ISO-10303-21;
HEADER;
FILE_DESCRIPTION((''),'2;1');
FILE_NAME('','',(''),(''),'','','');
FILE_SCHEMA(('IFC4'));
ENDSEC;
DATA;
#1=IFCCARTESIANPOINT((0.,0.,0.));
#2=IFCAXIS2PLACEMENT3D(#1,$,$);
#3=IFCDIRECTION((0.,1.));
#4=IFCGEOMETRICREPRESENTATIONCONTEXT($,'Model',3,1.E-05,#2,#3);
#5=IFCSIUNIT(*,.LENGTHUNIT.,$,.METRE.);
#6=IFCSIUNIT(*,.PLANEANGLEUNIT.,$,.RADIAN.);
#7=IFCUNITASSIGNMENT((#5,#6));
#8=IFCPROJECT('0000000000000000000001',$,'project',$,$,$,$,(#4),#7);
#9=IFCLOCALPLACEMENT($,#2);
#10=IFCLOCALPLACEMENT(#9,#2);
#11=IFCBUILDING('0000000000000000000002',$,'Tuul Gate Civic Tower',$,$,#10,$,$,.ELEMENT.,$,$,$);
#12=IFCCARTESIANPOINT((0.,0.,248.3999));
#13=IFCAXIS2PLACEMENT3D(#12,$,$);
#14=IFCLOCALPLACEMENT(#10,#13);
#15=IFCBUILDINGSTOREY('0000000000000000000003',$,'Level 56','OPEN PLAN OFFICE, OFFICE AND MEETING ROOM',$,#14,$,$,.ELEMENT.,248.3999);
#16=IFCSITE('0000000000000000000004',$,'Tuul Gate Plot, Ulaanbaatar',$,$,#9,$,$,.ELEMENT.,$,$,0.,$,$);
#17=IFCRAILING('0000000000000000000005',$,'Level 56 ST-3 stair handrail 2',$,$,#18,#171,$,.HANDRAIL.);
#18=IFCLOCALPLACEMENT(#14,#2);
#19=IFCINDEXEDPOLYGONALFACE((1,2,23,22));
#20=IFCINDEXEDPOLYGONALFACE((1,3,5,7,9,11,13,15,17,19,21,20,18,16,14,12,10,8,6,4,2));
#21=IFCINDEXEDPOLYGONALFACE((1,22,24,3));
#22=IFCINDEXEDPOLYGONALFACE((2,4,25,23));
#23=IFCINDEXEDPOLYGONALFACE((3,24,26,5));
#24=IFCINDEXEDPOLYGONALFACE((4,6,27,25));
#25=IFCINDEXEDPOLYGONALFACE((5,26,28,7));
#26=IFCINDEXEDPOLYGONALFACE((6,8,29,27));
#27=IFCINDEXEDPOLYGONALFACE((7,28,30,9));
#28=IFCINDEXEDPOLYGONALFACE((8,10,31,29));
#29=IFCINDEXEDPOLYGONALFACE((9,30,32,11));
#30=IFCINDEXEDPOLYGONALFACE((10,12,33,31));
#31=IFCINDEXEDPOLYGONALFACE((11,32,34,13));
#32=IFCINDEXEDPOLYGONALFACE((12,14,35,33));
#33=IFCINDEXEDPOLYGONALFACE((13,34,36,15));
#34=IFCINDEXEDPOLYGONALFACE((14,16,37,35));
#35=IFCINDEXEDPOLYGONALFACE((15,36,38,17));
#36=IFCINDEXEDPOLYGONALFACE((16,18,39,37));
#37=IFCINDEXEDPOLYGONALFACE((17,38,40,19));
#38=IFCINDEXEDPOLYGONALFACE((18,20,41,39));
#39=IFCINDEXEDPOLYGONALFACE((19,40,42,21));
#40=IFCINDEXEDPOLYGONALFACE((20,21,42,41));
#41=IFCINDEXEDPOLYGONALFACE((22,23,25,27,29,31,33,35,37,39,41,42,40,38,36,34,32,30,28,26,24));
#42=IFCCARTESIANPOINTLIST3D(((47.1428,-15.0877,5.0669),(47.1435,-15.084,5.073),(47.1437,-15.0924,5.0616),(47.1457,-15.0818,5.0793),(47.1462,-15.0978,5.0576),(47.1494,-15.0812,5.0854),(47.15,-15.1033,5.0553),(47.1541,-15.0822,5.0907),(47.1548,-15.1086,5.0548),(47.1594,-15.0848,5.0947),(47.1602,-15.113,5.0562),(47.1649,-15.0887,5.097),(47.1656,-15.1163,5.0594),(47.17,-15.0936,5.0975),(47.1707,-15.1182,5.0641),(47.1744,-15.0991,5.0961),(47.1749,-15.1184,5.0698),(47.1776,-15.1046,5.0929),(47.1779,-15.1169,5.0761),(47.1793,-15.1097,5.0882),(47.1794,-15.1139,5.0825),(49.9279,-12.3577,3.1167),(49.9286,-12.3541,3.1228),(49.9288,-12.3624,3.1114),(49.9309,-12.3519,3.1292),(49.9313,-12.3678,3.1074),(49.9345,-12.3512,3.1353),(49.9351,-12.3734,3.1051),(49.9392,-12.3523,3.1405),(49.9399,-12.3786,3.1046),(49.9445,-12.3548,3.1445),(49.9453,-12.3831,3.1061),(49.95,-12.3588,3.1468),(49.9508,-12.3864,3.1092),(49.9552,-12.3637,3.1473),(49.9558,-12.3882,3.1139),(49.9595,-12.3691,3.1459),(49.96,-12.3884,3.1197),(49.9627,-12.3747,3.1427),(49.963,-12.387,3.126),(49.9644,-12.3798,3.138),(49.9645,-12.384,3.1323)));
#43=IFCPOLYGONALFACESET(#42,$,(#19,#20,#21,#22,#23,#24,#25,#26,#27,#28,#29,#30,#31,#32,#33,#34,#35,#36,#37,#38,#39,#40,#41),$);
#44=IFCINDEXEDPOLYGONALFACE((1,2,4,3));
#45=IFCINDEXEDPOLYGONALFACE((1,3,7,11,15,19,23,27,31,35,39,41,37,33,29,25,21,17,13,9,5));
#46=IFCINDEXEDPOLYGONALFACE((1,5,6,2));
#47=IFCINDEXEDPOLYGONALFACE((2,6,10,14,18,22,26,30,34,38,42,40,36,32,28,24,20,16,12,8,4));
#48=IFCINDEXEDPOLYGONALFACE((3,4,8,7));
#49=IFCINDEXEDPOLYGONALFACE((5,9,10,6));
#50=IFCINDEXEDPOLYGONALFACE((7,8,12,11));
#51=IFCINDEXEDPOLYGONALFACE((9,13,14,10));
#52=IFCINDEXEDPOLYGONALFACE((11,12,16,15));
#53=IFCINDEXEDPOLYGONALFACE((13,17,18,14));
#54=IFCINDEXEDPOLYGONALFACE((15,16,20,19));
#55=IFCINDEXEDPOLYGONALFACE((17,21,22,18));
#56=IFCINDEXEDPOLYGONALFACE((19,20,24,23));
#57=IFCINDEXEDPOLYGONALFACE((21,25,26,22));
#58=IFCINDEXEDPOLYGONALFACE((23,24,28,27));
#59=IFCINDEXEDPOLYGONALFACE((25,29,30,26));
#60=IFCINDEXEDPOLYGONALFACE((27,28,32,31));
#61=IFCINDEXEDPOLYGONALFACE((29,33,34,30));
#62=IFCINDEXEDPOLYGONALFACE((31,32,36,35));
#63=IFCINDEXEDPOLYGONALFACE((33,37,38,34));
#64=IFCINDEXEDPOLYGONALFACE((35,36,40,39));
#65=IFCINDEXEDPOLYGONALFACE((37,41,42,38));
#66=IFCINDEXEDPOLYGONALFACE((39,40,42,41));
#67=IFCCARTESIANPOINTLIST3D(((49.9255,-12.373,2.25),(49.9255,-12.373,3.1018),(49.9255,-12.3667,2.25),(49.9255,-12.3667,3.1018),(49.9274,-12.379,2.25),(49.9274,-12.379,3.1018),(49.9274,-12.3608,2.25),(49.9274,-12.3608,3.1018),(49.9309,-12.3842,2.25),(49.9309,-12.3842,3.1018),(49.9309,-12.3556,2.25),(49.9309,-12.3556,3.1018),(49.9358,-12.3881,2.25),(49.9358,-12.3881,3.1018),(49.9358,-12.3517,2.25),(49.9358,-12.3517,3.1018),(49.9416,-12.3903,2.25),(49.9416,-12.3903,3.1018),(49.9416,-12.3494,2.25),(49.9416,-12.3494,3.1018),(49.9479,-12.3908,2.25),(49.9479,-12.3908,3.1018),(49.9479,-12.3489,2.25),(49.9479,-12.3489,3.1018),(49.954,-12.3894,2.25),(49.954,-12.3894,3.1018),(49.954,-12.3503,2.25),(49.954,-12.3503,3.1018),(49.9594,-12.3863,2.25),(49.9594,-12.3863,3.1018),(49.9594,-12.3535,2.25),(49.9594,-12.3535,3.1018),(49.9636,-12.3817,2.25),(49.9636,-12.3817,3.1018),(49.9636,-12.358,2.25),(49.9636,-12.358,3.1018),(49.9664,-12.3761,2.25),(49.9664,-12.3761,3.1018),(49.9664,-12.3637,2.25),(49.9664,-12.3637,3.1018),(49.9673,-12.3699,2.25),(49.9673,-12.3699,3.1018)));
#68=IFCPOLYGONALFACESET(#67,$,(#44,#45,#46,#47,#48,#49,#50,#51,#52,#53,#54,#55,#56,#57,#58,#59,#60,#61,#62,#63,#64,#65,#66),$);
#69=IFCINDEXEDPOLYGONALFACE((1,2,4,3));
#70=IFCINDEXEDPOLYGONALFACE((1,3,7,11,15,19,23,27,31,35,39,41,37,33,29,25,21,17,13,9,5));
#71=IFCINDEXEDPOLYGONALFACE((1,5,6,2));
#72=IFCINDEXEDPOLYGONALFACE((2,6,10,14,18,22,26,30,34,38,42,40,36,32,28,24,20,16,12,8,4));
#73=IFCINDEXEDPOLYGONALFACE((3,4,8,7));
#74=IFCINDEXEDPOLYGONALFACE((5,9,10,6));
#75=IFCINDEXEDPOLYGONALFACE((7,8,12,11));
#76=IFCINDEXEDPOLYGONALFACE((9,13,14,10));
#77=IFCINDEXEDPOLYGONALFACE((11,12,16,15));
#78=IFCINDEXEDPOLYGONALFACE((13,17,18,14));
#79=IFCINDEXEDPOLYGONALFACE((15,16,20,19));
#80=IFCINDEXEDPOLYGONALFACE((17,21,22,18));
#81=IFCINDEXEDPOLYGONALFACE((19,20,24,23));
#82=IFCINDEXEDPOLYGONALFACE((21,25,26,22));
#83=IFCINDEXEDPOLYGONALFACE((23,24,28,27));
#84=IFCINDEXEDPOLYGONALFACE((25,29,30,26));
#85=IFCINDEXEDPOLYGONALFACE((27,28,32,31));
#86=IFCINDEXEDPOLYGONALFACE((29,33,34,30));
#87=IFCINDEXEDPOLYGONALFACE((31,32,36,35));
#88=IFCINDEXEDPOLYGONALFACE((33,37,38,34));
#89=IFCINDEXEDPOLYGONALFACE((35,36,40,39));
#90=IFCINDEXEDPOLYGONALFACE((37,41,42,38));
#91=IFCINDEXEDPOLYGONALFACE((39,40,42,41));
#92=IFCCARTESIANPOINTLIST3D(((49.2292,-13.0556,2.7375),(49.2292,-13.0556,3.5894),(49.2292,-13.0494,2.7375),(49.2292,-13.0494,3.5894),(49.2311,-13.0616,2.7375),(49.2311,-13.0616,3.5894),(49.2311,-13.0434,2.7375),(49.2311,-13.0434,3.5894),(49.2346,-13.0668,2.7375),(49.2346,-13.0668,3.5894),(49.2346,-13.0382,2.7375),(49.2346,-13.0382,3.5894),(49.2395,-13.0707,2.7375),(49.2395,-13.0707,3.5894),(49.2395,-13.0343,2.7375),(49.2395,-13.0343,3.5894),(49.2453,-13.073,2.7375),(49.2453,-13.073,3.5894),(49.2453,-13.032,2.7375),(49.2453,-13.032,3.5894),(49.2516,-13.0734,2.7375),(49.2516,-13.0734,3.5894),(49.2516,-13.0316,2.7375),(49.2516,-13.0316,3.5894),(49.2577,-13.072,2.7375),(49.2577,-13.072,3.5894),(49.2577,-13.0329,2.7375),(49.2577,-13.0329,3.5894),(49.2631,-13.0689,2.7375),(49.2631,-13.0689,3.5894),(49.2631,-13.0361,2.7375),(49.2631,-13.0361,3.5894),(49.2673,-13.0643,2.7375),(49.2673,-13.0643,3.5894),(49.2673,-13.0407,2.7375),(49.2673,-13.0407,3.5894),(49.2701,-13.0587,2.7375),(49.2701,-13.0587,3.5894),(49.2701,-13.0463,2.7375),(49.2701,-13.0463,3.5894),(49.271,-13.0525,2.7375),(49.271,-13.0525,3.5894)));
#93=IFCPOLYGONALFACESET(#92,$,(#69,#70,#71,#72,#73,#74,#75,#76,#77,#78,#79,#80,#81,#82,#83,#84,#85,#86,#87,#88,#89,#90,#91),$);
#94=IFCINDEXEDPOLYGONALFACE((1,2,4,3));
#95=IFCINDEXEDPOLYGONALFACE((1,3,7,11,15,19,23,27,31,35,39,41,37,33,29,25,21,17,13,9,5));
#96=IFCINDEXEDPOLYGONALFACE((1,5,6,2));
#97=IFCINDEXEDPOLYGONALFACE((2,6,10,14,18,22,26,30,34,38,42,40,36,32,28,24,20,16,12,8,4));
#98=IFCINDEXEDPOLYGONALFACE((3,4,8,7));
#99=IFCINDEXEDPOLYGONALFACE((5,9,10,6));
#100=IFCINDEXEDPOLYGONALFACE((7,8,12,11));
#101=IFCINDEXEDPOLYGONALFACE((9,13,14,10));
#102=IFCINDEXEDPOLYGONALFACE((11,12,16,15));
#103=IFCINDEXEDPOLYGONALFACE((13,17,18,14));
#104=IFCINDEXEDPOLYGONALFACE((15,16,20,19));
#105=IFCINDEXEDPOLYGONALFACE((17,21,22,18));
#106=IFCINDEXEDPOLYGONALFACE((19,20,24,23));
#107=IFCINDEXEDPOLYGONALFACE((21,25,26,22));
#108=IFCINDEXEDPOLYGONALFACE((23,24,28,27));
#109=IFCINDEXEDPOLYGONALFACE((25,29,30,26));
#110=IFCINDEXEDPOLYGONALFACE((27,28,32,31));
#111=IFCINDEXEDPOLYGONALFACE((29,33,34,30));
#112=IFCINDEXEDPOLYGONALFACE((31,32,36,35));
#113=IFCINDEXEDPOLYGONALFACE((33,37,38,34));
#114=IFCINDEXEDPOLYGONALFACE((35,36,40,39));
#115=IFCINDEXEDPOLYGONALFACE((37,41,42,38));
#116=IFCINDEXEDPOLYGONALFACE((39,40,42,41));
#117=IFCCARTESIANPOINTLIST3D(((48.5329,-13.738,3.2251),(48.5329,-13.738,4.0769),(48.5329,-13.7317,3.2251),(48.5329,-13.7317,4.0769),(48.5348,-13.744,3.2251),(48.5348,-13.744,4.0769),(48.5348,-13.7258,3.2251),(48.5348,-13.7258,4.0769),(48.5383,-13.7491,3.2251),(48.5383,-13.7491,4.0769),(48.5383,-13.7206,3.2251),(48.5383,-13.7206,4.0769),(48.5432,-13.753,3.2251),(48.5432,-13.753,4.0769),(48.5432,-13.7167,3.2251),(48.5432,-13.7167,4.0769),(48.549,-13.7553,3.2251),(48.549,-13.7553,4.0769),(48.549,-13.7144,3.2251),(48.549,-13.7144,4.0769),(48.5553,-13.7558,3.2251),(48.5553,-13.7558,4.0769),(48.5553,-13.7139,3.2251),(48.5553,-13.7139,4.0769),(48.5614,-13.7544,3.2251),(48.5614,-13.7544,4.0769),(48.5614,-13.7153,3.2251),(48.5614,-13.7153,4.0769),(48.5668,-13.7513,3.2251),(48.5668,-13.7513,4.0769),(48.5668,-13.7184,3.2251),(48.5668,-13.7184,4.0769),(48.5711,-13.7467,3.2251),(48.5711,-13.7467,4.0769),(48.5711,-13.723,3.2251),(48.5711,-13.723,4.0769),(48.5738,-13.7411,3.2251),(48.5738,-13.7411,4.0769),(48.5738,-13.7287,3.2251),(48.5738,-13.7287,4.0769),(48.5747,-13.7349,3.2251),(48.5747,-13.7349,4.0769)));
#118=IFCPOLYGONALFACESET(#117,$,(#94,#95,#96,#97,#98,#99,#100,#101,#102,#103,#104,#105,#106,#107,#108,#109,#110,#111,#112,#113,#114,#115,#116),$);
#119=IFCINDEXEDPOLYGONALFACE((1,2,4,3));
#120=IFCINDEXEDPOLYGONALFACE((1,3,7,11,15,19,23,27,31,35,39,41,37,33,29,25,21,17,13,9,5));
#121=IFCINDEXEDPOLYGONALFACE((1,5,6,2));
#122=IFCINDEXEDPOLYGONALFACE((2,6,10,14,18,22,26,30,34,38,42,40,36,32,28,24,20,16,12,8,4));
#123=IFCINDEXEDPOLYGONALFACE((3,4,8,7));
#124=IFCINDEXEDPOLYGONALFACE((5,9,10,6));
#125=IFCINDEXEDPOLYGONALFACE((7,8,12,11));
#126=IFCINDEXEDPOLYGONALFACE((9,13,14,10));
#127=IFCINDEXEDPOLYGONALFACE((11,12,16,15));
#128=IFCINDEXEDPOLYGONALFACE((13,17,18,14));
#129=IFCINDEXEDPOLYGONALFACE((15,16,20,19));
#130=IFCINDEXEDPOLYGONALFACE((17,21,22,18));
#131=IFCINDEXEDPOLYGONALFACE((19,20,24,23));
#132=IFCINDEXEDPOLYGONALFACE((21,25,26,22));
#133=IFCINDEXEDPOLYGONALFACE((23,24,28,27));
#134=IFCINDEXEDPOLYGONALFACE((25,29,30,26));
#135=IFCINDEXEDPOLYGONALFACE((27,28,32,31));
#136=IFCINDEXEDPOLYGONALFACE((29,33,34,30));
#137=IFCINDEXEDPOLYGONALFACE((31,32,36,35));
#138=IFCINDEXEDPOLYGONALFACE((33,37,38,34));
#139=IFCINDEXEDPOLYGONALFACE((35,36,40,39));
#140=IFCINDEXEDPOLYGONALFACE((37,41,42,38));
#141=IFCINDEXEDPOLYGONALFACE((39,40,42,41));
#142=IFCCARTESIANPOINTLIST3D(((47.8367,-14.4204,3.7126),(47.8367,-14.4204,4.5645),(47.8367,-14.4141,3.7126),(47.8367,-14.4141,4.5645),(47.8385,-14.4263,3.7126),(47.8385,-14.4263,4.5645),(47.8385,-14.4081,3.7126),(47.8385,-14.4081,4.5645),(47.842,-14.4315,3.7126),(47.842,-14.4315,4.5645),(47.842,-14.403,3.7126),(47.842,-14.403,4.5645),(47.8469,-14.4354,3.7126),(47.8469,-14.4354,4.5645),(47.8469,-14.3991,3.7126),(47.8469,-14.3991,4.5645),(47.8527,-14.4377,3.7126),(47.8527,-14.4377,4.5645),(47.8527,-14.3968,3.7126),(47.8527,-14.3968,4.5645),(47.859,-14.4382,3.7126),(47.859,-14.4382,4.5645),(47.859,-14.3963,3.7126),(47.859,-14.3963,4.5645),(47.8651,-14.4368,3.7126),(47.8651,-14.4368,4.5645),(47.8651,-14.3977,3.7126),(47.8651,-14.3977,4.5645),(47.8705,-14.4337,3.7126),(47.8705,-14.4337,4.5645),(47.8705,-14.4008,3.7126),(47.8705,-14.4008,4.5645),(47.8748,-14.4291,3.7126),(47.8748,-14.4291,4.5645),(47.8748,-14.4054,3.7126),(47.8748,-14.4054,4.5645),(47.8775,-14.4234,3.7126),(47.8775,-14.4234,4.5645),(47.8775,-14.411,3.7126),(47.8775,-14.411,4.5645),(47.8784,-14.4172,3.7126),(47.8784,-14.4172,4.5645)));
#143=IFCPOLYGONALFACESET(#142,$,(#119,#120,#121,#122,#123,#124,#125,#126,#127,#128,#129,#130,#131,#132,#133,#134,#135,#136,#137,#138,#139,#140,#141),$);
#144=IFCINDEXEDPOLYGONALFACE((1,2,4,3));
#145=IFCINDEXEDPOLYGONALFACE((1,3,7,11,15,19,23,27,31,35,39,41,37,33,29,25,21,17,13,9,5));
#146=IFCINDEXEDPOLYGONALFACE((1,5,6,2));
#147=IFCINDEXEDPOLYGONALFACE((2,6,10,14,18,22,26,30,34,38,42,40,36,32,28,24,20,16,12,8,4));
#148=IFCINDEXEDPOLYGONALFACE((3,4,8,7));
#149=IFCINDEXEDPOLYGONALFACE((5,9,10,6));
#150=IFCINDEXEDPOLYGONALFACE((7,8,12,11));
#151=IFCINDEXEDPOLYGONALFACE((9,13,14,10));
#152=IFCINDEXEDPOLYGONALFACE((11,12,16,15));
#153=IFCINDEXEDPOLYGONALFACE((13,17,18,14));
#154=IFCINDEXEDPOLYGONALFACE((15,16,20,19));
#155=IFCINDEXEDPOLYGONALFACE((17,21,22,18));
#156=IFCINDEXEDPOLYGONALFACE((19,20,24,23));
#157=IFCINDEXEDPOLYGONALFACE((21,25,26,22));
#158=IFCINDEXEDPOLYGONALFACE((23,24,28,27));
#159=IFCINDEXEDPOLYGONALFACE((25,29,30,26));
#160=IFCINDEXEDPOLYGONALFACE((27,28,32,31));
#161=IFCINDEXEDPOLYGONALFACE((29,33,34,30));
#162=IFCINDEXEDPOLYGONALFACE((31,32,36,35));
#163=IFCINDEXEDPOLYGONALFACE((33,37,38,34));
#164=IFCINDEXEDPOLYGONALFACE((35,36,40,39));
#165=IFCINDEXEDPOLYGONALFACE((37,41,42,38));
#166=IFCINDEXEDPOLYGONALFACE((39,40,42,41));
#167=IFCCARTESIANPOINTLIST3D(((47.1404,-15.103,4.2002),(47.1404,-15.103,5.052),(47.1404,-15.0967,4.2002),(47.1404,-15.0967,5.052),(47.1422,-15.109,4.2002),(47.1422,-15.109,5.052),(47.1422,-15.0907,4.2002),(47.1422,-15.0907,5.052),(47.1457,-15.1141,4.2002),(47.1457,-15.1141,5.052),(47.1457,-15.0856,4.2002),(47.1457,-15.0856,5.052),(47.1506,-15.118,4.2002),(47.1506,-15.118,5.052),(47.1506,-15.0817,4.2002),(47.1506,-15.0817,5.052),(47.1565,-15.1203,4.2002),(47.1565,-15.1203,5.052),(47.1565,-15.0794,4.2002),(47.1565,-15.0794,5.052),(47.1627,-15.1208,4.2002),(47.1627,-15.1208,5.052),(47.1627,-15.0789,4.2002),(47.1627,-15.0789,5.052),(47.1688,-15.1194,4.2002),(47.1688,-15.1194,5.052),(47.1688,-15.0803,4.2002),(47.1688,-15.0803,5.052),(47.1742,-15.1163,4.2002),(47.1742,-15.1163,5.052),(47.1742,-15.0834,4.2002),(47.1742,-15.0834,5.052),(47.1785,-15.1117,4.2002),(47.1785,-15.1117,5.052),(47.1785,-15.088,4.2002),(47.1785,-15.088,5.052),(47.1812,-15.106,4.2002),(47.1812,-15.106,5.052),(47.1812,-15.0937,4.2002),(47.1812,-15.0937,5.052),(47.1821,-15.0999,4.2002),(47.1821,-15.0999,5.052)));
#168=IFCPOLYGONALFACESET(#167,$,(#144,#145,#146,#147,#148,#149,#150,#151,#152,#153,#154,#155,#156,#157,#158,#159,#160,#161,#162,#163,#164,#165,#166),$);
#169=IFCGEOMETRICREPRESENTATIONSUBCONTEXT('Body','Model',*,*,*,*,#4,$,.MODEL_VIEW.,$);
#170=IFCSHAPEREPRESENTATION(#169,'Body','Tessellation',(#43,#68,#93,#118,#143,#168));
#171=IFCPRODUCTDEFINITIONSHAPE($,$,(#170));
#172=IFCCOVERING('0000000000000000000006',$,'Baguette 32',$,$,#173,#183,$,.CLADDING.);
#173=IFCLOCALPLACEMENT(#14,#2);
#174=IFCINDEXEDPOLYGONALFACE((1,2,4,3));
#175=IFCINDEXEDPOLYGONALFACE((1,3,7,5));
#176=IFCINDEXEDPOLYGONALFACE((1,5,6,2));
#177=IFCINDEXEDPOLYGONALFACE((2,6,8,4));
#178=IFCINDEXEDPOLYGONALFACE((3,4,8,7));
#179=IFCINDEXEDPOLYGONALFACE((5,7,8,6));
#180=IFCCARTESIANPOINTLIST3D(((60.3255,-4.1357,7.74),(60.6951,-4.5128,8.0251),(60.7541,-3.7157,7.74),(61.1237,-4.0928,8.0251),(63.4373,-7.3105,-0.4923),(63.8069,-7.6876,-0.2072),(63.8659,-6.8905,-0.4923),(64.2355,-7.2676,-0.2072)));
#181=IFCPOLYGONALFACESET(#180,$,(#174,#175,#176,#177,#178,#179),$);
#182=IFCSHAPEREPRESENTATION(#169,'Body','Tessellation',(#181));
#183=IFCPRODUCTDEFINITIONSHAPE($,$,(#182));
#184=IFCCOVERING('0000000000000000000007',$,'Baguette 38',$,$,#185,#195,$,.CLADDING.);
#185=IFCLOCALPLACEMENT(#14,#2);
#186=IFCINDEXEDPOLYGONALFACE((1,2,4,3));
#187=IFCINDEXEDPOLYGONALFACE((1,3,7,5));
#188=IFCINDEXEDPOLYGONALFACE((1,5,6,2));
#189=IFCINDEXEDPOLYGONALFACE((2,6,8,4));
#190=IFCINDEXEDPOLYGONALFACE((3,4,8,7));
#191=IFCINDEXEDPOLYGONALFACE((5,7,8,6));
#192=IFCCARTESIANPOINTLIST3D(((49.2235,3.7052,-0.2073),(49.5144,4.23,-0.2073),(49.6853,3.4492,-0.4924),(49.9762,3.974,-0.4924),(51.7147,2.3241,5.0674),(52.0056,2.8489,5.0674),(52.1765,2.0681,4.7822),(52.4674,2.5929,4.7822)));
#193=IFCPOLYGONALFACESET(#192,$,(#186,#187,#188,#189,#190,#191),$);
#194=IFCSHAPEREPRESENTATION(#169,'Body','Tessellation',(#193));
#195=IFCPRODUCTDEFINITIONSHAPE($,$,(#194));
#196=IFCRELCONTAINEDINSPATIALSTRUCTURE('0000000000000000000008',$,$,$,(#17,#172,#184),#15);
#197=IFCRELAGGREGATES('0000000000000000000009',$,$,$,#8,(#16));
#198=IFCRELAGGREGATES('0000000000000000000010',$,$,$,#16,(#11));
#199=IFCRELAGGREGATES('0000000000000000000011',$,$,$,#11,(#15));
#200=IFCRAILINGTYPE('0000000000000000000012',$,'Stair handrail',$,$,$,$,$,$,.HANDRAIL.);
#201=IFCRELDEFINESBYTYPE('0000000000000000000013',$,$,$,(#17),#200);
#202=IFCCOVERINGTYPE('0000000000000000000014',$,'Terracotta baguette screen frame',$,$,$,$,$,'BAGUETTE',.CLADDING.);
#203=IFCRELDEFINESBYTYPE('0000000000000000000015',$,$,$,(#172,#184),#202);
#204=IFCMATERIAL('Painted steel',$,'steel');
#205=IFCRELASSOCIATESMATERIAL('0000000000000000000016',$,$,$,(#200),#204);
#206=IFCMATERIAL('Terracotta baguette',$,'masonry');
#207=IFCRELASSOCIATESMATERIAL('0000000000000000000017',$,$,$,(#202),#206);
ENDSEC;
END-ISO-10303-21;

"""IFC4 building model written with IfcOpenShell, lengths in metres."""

from ifc_helpers import new_model, si_unit, direction, frame, origin, origin_2d, place, context, subcontext, project, spatial, rectangle, circle, extrude, material, material_profile, profile_set, type_object, element, save


model = new_model("IFC4")

# Units and contexts
model_context = context("Model", 3, precision=1e-05, world=origin(), true_north=direction((0.0, 1.0)))
body_context = subcontext(model_context, "Body", "Model", "MODEL_VIEW")
ifc_project = project(units=[si_unit("LENGTHUNIT", "METRE"), si_unit("PLANEANGLEUNIT", "RADIAN")], contexts=[model_context])

# Site, building, storey
site_placement = place(None, origin())
site = spatial("IfcSite", under=ifc_project, at=site_placement, Name="Tuul Gate Plot, Ulaanbaatar", CompositionType="ELEMENT", RefElevation=0.0)
building_placement = place(site_placement, origin())
building = spatial("IfcBuilding", under=site, at=building_placement, Name="Tuul Gate Civic Tower", CompositionType="ELEMENT")
storey_placement = place(building_placement, frame((0.0, 0.0, 248.3999)))
storey = spatial("IfcBuildingStorey", under=building, at=storey_placement, Name="Level 56", Description="OPEN PLAN OFFICE, OFFICE AND MEETING ROOM", CompositionType="ELEMENT", Elevation=248.3999)

# Railing
ifc_material_1 = material(Name="Painted steel", Category="steel")
railing_type = type_object("IfcRailingType", Name="Stair handrail", PredefinedType="HANDRAIL", material=ifc_material_1)
railing_placement = place(storey_placement, frame((49.9463, -12.3699, 2.25)))
element("IfcRailing", 1, at=railing_placement, inside=storey, type_object=railing_type, Name="Level 56 ST-3 stair handrail 2", PredefinedType="HANDRAIL", context=body_context, shape_type="SweptSolid", body=[
    extrude(circle(Radius=0.0239, at=origin_2d()), frame((0.0, 0.0, 0.876), z_axis=(-0.638738, -0.626084, 0.447251), x_axis=(0.699998, -0.714145, 0.0)), (0.0, 0.0, 1.0), 4.3604),
    extrude(circle(Radius=0.021, at=origin_2d()), origin(), (0.0, 0.0, 1.0), 0.8518),
    extrude(circle(Radius=0.021, at=origin_2d()), frame((-0.6963, -0.6826, 0.4875)), (0.0, 0.0, 1.0), 0.8518),
    extrude(circle(Radius=0.021, at=origin_2d()), frame((-1.3926, -1.365, 0.9751)), (0.0, 0.0, 1.0), 0.8518),
    extrude(circle(Radius=0.021, at=origin_2d()), frame((-2.0889, -2.0474, 1.4626)), (0.0, 0.0, 1.0), 0.8518),
    extrude(circle(Radius=0.021, at=origin_2d()), frame((-2.7852, -2.73, 1.9502)), (0.0, 0.0, 1.0), 0.8518),
])

# Coverings
ifc_material_2 = material(Name="Terracotta baguette", Category="masonry")
ifc_material_profile_1 = material_profile(ifc_material_2, rectangle(XDim=0.6001, YDim=0.6001, at=origin_2d()), Name="Terracotta baguette screen frame")
ifc_profile_set_1 = profile_set([ifc_material_profile_1], Name="Terracotta baguette")
covering_type = type_object("IfcCoveringType", Name="Terracotta baguette screen frame", ElementType="BAGUETTE", PredefinedType="CLADDING", material=ifc_profile_set_1)
covering_1_placement = place(storey_placement, frame((60.7246, -4.1143, 7.8826), z_axis=(0.3326, -0.339332, -0.879904), x_axis=(0.714156, 0.699987, 0.0)))
element("IfcCovering", 2, at=covering_1_placement, inside=storey, type_object=covering_type, Name="Baguette 32", PredefinedType="CLADDING", context=body_context, shape_type="SweptSolid", body=[
    extrude(rectangle(XDim=0.6001, YDim=0.6001, at=origin_2d()), origin(), (0.0, 0.0, 1.0), 9.356),
])
covering_2_placement = place(storey_placement, frame((52.0911, 2.4585, 4.9248), z_axis=(-0.415574, 0.23039, -0.879897), x_axis=(-0.484864, -0.87459, 0.0)))
element("IfcCovering", 3, at=covering_2_placement, inside=storey, type_object=covering_type, Name="Baguette 38", PredefinedType="CLADDING", context=body_context, shape_type="SweptSolid", body=[
    extrude(rectangle(XDim=0.6001, YDim=0.6001, at=origin_2d()), origin(), (0.0, 0.0, 1.0), 5.9946),
])

save(model, "model.ifc")
